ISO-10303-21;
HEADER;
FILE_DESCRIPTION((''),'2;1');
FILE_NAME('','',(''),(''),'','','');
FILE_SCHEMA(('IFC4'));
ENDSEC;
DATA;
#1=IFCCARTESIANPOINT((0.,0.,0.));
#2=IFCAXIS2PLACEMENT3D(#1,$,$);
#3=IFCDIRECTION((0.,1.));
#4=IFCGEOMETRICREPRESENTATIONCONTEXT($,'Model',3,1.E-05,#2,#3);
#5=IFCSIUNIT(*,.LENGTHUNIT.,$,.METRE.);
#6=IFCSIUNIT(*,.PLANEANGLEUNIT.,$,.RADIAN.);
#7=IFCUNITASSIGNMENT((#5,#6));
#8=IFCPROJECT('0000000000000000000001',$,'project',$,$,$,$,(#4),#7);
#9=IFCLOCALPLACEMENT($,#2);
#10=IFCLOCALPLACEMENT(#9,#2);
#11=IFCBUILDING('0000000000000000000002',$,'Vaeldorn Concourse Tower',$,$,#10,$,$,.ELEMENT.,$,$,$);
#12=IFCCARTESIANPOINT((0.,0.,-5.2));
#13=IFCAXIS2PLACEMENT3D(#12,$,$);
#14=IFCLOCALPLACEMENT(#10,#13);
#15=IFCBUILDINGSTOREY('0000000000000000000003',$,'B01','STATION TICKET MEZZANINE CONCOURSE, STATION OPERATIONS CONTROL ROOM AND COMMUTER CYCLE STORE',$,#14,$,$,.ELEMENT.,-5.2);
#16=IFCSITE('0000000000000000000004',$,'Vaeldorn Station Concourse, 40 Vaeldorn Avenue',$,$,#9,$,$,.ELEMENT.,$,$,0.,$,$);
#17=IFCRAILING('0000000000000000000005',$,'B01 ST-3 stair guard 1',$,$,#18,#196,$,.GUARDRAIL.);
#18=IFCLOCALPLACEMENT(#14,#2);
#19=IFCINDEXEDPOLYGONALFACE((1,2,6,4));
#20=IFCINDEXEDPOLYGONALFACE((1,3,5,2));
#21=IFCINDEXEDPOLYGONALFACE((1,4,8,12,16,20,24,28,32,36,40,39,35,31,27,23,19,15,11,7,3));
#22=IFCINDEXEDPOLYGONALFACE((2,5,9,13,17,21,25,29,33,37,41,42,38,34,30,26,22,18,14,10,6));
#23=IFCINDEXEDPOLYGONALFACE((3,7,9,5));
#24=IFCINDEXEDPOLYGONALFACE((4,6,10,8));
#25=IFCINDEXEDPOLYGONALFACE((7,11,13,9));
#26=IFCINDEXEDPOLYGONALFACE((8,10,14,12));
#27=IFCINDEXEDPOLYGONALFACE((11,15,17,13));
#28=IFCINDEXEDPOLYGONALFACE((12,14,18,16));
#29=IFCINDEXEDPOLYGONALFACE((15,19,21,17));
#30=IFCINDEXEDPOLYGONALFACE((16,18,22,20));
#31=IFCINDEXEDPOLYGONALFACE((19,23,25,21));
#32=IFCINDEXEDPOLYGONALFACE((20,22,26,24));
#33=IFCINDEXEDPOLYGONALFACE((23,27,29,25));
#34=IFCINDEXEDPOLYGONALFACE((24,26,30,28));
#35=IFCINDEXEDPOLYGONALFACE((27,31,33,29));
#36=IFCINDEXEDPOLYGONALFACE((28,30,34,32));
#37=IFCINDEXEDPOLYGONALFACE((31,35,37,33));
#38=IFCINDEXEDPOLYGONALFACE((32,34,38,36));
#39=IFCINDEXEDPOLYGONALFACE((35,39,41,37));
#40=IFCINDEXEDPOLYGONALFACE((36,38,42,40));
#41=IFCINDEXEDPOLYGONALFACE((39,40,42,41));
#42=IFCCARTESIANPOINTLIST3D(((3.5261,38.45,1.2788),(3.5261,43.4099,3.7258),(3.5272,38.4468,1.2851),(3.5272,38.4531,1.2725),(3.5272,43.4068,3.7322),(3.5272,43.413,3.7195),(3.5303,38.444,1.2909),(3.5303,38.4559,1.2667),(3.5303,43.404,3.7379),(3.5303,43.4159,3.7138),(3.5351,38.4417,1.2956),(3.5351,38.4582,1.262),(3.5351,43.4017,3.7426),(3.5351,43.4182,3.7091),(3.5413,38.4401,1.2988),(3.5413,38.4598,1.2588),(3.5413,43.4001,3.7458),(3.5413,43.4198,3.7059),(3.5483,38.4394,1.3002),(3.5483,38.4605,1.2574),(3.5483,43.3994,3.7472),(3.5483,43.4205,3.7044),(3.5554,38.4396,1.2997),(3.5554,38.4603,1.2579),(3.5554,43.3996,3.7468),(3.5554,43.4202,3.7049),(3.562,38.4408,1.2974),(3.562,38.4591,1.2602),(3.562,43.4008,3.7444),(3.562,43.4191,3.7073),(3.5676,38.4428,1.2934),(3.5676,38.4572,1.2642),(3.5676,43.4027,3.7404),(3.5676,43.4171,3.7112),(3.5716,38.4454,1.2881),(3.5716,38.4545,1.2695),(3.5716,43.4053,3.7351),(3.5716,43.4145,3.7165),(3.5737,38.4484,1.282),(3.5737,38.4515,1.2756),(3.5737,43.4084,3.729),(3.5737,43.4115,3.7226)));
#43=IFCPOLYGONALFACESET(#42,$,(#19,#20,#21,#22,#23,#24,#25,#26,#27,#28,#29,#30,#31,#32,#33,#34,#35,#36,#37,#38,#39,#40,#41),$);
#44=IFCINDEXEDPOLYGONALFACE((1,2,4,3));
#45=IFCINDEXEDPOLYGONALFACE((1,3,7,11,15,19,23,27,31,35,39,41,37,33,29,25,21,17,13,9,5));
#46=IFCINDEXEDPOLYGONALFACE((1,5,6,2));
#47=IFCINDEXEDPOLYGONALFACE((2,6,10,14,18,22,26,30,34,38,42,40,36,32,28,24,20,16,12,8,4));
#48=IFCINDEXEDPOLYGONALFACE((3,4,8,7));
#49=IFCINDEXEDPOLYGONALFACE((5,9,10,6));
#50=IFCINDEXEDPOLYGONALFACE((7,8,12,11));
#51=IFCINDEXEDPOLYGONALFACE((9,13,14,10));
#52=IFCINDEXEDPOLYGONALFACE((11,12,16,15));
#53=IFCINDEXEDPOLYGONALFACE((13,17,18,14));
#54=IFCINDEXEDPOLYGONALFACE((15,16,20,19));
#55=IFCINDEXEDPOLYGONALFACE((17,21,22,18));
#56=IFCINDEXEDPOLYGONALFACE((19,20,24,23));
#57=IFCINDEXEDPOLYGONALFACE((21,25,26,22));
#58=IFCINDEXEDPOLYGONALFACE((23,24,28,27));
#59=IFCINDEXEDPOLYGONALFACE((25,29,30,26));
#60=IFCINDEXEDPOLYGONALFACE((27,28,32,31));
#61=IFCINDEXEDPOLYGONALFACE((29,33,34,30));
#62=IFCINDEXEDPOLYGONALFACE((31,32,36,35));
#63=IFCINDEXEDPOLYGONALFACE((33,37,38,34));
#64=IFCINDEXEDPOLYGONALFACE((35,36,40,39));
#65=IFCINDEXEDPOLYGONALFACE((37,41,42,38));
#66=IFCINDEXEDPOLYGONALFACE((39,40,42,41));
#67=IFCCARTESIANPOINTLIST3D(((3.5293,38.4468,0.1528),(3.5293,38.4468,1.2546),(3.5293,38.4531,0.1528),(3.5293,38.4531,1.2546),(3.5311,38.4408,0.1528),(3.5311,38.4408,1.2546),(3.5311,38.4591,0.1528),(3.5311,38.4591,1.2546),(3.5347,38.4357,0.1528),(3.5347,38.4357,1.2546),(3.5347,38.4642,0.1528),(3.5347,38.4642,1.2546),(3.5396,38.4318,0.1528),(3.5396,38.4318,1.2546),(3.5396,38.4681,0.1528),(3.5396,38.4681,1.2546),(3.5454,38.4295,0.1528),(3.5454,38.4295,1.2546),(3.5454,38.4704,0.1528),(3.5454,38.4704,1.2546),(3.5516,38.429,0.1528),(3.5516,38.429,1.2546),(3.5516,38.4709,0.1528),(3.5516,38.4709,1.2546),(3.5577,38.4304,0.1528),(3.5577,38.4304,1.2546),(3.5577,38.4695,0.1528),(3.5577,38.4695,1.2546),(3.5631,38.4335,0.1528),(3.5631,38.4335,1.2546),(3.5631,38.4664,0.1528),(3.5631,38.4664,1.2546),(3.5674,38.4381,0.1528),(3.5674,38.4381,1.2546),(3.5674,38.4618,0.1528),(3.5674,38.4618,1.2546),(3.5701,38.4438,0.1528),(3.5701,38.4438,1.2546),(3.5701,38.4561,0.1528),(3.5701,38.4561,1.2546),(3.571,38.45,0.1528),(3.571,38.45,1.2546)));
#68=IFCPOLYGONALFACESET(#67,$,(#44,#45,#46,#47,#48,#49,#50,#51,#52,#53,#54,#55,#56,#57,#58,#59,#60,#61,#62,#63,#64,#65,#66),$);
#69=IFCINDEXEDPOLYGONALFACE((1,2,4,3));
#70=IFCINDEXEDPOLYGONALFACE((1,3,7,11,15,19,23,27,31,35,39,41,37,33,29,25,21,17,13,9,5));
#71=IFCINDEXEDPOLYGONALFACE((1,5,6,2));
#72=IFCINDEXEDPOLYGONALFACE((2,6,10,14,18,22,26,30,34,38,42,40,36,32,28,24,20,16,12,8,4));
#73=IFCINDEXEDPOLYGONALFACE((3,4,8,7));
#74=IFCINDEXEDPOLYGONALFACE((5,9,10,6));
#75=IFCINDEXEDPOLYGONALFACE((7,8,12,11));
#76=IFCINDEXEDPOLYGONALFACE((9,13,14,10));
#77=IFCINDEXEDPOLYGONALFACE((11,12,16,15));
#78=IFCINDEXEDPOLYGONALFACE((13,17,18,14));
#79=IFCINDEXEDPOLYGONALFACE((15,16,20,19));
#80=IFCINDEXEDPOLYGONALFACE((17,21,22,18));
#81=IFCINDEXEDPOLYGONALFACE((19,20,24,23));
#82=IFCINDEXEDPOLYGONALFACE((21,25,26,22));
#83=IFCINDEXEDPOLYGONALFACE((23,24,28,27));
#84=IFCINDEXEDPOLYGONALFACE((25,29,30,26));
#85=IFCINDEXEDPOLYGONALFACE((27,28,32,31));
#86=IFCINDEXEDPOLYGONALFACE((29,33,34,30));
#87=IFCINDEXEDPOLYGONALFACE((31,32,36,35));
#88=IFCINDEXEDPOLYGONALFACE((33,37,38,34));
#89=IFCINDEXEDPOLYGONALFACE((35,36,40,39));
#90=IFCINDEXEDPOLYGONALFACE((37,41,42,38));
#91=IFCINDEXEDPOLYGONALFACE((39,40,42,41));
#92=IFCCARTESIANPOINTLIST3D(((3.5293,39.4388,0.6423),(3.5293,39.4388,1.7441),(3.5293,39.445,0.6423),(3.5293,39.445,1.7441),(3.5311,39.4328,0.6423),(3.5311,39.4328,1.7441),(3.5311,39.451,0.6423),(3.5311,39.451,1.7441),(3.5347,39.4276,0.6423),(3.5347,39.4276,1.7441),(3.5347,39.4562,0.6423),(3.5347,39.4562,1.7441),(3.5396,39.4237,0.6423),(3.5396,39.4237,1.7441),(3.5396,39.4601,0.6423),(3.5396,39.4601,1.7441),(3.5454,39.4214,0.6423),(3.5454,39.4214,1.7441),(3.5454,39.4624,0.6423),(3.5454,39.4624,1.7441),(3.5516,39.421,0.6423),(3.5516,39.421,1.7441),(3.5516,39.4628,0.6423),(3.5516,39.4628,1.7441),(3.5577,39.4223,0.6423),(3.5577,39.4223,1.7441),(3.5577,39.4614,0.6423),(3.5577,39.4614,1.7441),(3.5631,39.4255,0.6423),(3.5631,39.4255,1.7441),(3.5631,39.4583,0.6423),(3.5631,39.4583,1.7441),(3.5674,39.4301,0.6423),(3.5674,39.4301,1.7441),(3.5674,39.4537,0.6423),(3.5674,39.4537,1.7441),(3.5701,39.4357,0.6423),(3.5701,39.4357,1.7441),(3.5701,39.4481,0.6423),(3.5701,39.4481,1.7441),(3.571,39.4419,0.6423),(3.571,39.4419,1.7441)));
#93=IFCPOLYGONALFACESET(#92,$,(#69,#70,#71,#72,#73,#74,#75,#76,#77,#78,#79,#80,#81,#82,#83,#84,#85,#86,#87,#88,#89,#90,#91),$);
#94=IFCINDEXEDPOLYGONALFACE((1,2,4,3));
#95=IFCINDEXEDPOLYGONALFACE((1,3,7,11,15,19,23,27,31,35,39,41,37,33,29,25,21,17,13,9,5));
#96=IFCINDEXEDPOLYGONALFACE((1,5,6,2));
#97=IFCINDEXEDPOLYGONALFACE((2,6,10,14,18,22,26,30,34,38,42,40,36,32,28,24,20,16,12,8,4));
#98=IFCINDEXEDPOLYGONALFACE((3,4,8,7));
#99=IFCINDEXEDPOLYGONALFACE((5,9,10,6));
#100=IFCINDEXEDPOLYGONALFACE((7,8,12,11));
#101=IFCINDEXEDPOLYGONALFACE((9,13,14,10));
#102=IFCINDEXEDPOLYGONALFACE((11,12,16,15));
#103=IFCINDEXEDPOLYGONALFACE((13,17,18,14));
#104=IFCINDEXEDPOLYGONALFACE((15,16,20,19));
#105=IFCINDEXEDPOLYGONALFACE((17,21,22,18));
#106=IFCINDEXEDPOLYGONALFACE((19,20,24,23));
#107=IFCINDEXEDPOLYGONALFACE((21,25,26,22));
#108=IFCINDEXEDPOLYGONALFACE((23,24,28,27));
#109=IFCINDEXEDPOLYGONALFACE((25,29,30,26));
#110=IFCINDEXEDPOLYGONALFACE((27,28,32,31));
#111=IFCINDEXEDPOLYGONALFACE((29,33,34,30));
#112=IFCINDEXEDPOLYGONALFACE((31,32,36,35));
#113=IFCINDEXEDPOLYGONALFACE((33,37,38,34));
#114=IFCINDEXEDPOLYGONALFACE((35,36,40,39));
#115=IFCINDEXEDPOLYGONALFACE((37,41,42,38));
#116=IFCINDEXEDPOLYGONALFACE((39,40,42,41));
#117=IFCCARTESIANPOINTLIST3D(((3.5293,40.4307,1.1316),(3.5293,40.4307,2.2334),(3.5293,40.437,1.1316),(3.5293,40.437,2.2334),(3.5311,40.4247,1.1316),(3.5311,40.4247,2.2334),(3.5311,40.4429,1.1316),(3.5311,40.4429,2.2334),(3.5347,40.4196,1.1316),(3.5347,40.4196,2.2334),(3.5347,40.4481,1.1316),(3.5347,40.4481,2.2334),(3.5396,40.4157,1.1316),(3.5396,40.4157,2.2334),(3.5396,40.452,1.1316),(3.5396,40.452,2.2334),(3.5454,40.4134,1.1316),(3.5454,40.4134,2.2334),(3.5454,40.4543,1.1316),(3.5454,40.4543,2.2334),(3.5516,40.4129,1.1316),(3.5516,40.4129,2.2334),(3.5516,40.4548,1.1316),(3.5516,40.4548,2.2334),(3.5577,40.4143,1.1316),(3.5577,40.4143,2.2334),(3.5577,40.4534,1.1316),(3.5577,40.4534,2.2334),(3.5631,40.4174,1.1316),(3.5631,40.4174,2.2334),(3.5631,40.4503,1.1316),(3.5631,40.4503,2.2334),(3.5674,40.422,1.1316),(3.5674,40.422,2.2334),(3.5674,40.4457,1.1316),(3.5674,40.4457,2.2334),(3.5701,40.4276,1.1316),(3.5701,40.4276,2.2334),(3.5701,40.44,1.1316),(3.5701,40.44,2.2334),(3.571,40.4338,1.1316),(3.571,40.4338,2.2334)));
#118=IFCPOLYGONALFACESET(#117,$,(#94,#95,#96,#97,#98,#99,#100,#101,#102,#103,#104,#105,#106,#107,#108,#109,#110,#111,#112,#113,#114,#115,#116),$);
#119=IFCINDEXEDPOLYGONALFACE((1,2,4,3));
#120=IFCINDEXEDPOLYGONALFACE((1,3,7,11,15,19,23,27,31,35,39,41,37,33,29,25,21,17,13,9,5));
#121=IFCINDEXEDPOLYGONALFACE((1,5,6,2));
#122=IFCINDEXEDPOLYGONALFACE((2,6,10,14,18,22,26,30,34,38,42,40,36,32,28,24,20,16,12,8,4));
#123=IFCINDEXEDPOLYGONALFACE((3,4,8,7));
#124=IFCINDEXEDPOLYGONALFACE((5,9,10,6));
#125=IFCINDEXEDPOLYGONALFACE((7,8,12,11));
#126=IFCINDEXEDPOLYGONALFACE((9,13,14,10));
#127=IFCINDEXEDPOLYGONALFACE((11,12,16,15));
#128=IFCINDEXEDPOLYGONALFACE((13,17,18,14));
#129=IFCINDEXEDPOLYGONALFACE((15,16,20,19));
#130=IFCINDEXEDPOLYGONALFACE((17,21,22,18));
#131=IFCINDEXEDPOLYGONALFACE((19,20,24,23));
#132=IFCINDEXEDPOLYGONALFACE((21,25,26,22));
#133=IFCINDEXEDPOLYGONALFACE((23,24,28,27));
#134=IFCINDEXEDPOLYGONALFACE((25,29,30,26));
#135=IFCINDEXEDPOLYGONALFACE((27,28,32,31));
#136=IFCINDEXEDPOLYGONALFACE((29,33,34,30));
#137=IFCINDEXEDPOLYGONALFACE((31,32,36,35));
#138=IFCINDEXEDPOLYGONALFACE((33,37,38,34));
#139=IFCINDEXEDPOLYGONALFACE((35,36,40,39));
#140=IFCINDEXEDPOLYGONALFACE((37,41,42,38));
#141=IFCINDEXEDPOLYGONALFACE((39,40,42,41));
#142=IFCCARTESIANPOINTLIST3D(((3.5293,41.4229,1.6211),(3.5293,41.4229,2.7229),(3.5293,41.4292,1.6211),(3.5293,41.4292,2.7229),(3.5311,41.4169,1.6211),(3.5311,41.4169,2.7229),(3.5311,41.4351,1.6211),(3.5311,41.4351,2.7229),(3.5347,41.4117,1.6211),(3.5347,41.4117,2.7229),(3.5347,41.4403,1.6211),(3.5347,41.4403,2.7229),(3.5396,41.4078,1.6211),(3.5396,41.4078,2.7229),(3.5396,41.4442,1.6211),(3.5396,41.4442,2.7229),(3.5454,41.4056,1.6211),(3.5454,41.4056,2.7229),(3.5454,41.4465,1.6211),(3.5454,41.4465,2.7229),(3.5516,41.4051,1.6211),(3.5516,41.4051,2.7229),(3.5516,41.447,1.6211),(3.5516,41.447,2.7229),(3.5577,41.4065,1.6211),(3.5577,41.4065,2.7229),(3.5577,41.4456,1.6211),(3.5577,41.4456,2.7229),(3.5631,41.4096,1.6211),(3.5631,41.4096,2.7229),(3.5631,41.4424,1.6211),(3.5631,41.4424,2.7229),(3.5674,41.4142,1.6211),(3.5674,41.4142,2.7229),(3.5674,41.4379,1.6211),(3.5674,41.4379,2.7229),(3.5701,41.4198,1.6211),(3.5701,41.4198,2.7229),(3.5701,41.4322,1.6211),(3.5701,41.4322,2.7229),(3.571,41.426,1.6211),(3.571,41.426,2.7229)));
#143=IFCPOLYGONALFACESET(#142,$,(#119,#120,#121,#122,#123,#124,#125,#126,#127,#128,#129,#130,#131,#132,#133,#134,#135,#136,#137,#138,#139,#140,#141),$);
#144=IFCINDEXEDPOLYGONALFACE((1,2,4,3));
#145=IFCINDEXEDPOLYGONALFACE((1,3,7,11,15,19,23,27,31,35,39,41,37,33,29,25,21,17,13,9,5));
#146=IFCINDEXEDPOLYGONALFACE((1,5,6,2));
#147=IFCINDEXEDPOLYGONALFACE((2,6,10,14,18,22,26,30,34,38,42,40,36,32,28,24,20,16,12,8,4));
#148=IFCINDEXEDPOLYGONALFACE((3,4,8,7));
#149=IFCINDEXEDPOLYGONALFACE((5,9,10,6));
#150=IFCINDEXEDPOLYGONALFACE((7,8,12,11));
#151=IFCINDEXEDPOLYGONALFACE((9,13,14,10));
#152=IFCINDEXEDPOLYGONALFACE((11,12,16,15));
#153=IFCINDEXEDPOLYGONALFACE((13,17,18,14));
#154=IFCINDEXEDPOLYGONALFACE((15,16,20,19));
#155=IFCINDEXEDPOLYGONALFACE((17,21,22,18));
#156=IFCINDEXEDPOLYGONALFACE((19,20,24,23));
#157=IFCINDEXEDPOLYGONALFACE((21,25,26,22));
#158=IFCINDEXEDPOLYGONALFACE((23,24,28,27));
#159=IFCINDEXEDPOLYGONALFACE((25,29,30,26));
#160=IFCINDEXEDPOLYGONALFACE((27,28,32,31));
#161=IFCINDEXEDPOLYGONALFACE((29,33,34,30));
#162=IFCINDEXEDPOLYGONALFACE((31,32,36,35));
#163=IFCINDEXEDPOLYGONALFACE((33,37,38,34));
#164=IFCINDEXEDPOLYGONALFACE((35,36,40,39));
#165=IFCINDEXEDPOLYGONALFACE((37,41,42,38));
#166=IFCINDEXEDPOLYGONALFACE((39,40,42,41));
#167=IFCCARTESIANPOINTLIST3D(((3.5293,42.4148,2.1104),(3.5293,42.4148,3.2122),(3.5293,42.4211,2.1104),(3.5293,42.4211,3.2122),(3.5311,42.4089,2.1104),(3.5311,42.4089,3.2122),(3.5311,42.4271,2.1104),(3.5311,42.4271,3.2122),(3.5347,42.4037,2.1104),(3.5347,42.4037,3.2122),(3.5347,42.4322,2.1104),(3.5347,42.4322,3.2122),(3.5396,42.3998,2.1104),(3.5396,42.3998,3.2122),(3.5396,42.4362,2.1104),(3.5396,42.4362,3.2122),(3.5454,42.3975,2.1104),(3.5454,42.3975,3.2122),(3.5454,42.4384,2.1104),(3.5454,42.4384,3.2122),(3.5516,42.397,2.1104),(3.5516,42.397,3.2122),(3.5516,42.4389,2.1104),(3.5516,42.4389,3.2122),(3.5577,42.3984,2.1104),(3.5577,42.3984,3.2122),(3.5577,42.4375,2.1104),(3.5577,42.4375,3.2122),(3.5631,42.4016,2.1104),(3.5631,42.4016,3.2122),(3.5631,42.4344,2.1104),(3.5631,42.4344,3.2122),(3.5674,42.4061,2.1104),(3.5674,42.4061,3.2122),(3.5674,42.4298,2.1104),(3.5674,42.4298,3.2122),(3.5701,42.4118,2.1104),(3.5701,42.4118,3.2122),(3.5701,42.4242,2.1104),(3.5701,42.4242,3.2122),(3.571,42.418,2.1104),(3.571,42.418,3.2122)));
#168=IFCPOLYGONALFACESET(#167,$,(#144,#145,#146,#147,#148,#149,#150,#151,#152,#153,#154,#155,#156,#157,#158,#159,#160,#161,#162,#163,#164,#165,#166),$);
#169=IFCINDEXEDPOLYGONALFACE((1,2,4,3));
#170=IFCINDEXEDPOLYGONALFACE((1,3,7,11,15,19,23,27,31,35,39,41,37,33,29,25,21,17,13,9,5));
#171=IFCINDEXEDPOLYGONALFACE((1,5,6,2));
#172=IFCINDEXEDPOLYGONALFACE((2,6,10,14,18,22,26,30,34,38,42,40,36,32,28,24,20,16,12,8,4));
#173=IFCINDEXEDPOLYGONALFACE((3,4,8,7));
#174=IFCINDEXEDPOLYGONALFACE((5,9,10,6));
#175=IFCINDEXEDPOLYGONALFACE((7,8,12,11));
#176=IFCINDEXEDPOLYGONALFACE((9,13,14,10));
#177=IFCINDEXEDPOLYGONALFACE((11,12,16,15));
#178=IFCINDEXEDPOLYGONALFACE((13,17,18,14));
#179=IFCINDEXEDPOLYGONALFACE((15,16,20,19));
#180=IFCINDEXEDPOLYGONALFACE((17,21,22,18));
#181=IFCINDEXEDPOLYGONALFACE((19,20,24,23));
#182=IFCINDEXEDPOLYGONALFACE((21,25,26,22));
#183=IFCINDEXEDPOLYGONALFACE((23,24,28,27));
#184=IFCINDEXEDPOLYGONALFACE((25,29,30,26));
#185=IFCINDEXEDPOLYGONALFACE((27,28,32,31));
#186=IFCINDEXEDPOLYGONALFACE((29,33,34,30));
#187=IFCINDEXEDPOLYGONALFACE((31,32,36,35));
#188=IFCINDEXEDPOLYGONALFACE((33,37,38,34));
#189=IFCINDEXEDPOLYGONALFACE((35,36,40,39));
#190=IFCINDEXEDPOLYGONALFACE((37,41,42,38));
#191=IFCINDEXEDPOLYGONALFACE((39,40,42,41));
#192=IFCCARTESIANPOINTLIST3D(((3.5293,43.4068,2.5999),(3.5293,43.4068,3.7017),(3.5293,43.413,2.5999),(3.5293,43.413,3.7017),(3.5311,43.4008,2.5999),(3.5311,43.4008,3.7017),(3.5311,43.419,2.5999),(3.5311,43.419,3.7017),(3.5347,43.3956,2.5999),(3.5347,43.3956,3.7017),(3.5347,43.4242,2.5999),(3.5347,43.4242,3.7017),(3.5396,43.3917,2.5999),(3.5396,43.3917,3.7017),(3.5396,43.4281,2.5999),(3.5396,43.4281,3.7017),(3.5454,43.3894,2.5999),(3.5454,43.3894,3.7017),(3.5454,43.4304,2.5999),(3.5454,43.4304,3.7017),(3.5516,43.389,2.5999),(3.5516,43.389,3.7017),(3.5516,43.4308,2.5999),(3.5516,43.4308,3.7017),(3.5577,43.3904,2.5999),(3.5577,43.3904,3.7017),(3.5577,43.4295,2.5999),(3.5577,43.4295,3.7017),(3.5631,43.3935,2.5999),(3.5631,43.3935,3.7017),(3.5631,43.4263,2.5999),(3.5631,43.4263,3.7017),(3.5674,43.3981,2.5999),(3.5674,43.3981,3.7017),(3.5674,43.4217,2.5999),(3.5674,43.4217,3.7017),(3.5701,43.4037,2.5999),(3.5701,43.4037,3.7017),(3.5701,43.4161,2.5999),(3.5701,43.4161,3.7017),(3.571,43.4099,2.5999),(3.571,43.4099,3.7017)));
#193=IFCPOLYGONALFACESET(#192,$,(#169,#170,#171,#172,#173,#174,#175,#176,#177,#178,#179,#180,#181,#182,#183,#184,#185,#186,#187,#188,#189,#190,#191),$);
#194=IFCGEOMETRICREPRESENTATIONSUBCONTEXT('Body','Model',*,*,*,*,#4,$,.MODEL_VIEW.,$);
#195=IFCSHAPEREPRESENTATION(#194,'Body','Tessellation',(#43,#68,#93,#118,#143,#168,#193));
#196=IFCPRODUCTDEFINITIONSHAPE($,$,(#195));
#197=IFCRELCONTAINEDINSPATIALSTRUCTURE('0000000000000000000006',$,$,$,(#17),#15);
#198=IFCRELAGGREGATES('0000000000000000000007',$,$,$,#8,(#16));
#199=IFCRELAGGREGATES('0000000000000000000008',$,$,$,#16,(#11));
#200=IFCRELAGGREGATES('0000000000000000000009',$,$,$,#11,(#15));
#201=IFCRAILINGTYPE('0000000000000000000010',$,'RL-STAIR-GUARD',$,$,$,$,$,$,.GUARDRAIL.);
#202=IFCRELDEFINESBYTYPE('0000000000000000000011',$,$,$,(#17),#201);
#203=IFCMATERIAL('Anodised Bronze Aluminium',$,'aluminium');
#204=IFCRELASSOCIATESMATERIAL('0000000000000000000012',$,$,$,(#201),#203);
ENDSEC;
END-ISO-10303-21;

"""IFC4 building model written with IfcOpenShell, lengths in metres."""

from ifc_helpers import new_model, si_unit, direction, frame, origin, origin_2d, place, context, subcontext, project, spatial, circle, extrude, material, type_object, element, save


model = new_model("IFC4")

# Units and contexts
model_context = context("Model", 3, precision=1e-05, world=origin(), true_north=direction((0.0, 1.0)))
body_context = subcontext(model_context, "Body", "Model", "MODEL_VIEW")
ifc_project = project(units=[si_unit("LENGTHUNIT", "METRE"), si_unit("PLANEANGLEUNIT", "RADIAN")], contexts=[model_context])

# Site, building, storey
site_placement = place(None, origin())
site = spatial("IfcSite", under=ifc_project, at=site_placement, Name="Vaeldorn Station Concourse, 40 Vaeldorn Avenue", CompositionType="ELEMENT", RefElevation=0.0)
building_placement = place(site_placement, origin())
building = spatial("IfcBuilding", under=site, at=building_placement, Name="Vaeldorn Concourse Tower", CompositionType="ELEMENT")
storey_placement = place(building_placement, frame((0.0, 0.0, -5.2)))
storey = spatial("IfcBuildingStorey", under=building, at=storey_placement, Name="B01", Description="STATION TICKET MEZZANINE CONCOURSE, STATION OPERATIONS CONTROL ROOM AND COMMUTER CYCLE STORE", CompositionType="ELEMENT", Elevation=-5.2)

# Railing
ifc_material_1 = material(Name="Anodised Bronze Aluminium", Category="aluminium")
railing_type_1 = type_object("IfcRailingType", Name="RL-STAIR-GUARD", PredefinedType="GUARDRAIL", material=ifc_material_1)
railing_1_placement = place(storey_placement, frame((3.55, 38.45, 0.1528)))
element("IfcRailing", 1, at=railing_1_placement, inside=storey, type_object=railing_type_1, Name="B01 ST-3 stair guard 1", PredefinedType="GUARDRAIL", context=body_context, shape_type="SweptSolid", body=[
    extrude(circle(Radius=0.0239, at=origin_2d()), frame((0.0, 0.0, 1.126), z_axis=(0.0, 0.896798, 0.44244), x_axis=(-1.0, 0.0, 0.0)), (0.0, 0.0, 1.0), 5.5308),
    extrude(circle(Radius=0.021, at=origin_2d()), origin(), (0.0, 0.0, 1.0), 1.1018),
    extrude(circle(Radius=0.021, at=origin_2d()), frame((0.0, 0.9919, 0.4895)), (0.0, 0.0, 1.0), 1.1018),
    extrude(circle(Radius=0.021, at=origin_2d()), frame((0.0, 1.9839, 0.9788)), (0.0, 0.0, 1.0), 1.1018),
    extrude(circle(Radius=0.021, at=origin_2d()), frame((0.0, 2.9761, 1.4683)), (0.0, 0.0, 1.0), 1.1018),
    extrude(circle(Radius=0.021, at=origin_2d()), frame((0.0, 3.968, 1.9575)), (0.0, 0.0, 1.0), 1.1018),
    extrude(circle(Radius=0.021, at=origin_2d()), frame((0.0, 4.96, 2.447)), (0.0, 0.0, 1.0), 1.1018),
])

save(model, "model.ifc")
